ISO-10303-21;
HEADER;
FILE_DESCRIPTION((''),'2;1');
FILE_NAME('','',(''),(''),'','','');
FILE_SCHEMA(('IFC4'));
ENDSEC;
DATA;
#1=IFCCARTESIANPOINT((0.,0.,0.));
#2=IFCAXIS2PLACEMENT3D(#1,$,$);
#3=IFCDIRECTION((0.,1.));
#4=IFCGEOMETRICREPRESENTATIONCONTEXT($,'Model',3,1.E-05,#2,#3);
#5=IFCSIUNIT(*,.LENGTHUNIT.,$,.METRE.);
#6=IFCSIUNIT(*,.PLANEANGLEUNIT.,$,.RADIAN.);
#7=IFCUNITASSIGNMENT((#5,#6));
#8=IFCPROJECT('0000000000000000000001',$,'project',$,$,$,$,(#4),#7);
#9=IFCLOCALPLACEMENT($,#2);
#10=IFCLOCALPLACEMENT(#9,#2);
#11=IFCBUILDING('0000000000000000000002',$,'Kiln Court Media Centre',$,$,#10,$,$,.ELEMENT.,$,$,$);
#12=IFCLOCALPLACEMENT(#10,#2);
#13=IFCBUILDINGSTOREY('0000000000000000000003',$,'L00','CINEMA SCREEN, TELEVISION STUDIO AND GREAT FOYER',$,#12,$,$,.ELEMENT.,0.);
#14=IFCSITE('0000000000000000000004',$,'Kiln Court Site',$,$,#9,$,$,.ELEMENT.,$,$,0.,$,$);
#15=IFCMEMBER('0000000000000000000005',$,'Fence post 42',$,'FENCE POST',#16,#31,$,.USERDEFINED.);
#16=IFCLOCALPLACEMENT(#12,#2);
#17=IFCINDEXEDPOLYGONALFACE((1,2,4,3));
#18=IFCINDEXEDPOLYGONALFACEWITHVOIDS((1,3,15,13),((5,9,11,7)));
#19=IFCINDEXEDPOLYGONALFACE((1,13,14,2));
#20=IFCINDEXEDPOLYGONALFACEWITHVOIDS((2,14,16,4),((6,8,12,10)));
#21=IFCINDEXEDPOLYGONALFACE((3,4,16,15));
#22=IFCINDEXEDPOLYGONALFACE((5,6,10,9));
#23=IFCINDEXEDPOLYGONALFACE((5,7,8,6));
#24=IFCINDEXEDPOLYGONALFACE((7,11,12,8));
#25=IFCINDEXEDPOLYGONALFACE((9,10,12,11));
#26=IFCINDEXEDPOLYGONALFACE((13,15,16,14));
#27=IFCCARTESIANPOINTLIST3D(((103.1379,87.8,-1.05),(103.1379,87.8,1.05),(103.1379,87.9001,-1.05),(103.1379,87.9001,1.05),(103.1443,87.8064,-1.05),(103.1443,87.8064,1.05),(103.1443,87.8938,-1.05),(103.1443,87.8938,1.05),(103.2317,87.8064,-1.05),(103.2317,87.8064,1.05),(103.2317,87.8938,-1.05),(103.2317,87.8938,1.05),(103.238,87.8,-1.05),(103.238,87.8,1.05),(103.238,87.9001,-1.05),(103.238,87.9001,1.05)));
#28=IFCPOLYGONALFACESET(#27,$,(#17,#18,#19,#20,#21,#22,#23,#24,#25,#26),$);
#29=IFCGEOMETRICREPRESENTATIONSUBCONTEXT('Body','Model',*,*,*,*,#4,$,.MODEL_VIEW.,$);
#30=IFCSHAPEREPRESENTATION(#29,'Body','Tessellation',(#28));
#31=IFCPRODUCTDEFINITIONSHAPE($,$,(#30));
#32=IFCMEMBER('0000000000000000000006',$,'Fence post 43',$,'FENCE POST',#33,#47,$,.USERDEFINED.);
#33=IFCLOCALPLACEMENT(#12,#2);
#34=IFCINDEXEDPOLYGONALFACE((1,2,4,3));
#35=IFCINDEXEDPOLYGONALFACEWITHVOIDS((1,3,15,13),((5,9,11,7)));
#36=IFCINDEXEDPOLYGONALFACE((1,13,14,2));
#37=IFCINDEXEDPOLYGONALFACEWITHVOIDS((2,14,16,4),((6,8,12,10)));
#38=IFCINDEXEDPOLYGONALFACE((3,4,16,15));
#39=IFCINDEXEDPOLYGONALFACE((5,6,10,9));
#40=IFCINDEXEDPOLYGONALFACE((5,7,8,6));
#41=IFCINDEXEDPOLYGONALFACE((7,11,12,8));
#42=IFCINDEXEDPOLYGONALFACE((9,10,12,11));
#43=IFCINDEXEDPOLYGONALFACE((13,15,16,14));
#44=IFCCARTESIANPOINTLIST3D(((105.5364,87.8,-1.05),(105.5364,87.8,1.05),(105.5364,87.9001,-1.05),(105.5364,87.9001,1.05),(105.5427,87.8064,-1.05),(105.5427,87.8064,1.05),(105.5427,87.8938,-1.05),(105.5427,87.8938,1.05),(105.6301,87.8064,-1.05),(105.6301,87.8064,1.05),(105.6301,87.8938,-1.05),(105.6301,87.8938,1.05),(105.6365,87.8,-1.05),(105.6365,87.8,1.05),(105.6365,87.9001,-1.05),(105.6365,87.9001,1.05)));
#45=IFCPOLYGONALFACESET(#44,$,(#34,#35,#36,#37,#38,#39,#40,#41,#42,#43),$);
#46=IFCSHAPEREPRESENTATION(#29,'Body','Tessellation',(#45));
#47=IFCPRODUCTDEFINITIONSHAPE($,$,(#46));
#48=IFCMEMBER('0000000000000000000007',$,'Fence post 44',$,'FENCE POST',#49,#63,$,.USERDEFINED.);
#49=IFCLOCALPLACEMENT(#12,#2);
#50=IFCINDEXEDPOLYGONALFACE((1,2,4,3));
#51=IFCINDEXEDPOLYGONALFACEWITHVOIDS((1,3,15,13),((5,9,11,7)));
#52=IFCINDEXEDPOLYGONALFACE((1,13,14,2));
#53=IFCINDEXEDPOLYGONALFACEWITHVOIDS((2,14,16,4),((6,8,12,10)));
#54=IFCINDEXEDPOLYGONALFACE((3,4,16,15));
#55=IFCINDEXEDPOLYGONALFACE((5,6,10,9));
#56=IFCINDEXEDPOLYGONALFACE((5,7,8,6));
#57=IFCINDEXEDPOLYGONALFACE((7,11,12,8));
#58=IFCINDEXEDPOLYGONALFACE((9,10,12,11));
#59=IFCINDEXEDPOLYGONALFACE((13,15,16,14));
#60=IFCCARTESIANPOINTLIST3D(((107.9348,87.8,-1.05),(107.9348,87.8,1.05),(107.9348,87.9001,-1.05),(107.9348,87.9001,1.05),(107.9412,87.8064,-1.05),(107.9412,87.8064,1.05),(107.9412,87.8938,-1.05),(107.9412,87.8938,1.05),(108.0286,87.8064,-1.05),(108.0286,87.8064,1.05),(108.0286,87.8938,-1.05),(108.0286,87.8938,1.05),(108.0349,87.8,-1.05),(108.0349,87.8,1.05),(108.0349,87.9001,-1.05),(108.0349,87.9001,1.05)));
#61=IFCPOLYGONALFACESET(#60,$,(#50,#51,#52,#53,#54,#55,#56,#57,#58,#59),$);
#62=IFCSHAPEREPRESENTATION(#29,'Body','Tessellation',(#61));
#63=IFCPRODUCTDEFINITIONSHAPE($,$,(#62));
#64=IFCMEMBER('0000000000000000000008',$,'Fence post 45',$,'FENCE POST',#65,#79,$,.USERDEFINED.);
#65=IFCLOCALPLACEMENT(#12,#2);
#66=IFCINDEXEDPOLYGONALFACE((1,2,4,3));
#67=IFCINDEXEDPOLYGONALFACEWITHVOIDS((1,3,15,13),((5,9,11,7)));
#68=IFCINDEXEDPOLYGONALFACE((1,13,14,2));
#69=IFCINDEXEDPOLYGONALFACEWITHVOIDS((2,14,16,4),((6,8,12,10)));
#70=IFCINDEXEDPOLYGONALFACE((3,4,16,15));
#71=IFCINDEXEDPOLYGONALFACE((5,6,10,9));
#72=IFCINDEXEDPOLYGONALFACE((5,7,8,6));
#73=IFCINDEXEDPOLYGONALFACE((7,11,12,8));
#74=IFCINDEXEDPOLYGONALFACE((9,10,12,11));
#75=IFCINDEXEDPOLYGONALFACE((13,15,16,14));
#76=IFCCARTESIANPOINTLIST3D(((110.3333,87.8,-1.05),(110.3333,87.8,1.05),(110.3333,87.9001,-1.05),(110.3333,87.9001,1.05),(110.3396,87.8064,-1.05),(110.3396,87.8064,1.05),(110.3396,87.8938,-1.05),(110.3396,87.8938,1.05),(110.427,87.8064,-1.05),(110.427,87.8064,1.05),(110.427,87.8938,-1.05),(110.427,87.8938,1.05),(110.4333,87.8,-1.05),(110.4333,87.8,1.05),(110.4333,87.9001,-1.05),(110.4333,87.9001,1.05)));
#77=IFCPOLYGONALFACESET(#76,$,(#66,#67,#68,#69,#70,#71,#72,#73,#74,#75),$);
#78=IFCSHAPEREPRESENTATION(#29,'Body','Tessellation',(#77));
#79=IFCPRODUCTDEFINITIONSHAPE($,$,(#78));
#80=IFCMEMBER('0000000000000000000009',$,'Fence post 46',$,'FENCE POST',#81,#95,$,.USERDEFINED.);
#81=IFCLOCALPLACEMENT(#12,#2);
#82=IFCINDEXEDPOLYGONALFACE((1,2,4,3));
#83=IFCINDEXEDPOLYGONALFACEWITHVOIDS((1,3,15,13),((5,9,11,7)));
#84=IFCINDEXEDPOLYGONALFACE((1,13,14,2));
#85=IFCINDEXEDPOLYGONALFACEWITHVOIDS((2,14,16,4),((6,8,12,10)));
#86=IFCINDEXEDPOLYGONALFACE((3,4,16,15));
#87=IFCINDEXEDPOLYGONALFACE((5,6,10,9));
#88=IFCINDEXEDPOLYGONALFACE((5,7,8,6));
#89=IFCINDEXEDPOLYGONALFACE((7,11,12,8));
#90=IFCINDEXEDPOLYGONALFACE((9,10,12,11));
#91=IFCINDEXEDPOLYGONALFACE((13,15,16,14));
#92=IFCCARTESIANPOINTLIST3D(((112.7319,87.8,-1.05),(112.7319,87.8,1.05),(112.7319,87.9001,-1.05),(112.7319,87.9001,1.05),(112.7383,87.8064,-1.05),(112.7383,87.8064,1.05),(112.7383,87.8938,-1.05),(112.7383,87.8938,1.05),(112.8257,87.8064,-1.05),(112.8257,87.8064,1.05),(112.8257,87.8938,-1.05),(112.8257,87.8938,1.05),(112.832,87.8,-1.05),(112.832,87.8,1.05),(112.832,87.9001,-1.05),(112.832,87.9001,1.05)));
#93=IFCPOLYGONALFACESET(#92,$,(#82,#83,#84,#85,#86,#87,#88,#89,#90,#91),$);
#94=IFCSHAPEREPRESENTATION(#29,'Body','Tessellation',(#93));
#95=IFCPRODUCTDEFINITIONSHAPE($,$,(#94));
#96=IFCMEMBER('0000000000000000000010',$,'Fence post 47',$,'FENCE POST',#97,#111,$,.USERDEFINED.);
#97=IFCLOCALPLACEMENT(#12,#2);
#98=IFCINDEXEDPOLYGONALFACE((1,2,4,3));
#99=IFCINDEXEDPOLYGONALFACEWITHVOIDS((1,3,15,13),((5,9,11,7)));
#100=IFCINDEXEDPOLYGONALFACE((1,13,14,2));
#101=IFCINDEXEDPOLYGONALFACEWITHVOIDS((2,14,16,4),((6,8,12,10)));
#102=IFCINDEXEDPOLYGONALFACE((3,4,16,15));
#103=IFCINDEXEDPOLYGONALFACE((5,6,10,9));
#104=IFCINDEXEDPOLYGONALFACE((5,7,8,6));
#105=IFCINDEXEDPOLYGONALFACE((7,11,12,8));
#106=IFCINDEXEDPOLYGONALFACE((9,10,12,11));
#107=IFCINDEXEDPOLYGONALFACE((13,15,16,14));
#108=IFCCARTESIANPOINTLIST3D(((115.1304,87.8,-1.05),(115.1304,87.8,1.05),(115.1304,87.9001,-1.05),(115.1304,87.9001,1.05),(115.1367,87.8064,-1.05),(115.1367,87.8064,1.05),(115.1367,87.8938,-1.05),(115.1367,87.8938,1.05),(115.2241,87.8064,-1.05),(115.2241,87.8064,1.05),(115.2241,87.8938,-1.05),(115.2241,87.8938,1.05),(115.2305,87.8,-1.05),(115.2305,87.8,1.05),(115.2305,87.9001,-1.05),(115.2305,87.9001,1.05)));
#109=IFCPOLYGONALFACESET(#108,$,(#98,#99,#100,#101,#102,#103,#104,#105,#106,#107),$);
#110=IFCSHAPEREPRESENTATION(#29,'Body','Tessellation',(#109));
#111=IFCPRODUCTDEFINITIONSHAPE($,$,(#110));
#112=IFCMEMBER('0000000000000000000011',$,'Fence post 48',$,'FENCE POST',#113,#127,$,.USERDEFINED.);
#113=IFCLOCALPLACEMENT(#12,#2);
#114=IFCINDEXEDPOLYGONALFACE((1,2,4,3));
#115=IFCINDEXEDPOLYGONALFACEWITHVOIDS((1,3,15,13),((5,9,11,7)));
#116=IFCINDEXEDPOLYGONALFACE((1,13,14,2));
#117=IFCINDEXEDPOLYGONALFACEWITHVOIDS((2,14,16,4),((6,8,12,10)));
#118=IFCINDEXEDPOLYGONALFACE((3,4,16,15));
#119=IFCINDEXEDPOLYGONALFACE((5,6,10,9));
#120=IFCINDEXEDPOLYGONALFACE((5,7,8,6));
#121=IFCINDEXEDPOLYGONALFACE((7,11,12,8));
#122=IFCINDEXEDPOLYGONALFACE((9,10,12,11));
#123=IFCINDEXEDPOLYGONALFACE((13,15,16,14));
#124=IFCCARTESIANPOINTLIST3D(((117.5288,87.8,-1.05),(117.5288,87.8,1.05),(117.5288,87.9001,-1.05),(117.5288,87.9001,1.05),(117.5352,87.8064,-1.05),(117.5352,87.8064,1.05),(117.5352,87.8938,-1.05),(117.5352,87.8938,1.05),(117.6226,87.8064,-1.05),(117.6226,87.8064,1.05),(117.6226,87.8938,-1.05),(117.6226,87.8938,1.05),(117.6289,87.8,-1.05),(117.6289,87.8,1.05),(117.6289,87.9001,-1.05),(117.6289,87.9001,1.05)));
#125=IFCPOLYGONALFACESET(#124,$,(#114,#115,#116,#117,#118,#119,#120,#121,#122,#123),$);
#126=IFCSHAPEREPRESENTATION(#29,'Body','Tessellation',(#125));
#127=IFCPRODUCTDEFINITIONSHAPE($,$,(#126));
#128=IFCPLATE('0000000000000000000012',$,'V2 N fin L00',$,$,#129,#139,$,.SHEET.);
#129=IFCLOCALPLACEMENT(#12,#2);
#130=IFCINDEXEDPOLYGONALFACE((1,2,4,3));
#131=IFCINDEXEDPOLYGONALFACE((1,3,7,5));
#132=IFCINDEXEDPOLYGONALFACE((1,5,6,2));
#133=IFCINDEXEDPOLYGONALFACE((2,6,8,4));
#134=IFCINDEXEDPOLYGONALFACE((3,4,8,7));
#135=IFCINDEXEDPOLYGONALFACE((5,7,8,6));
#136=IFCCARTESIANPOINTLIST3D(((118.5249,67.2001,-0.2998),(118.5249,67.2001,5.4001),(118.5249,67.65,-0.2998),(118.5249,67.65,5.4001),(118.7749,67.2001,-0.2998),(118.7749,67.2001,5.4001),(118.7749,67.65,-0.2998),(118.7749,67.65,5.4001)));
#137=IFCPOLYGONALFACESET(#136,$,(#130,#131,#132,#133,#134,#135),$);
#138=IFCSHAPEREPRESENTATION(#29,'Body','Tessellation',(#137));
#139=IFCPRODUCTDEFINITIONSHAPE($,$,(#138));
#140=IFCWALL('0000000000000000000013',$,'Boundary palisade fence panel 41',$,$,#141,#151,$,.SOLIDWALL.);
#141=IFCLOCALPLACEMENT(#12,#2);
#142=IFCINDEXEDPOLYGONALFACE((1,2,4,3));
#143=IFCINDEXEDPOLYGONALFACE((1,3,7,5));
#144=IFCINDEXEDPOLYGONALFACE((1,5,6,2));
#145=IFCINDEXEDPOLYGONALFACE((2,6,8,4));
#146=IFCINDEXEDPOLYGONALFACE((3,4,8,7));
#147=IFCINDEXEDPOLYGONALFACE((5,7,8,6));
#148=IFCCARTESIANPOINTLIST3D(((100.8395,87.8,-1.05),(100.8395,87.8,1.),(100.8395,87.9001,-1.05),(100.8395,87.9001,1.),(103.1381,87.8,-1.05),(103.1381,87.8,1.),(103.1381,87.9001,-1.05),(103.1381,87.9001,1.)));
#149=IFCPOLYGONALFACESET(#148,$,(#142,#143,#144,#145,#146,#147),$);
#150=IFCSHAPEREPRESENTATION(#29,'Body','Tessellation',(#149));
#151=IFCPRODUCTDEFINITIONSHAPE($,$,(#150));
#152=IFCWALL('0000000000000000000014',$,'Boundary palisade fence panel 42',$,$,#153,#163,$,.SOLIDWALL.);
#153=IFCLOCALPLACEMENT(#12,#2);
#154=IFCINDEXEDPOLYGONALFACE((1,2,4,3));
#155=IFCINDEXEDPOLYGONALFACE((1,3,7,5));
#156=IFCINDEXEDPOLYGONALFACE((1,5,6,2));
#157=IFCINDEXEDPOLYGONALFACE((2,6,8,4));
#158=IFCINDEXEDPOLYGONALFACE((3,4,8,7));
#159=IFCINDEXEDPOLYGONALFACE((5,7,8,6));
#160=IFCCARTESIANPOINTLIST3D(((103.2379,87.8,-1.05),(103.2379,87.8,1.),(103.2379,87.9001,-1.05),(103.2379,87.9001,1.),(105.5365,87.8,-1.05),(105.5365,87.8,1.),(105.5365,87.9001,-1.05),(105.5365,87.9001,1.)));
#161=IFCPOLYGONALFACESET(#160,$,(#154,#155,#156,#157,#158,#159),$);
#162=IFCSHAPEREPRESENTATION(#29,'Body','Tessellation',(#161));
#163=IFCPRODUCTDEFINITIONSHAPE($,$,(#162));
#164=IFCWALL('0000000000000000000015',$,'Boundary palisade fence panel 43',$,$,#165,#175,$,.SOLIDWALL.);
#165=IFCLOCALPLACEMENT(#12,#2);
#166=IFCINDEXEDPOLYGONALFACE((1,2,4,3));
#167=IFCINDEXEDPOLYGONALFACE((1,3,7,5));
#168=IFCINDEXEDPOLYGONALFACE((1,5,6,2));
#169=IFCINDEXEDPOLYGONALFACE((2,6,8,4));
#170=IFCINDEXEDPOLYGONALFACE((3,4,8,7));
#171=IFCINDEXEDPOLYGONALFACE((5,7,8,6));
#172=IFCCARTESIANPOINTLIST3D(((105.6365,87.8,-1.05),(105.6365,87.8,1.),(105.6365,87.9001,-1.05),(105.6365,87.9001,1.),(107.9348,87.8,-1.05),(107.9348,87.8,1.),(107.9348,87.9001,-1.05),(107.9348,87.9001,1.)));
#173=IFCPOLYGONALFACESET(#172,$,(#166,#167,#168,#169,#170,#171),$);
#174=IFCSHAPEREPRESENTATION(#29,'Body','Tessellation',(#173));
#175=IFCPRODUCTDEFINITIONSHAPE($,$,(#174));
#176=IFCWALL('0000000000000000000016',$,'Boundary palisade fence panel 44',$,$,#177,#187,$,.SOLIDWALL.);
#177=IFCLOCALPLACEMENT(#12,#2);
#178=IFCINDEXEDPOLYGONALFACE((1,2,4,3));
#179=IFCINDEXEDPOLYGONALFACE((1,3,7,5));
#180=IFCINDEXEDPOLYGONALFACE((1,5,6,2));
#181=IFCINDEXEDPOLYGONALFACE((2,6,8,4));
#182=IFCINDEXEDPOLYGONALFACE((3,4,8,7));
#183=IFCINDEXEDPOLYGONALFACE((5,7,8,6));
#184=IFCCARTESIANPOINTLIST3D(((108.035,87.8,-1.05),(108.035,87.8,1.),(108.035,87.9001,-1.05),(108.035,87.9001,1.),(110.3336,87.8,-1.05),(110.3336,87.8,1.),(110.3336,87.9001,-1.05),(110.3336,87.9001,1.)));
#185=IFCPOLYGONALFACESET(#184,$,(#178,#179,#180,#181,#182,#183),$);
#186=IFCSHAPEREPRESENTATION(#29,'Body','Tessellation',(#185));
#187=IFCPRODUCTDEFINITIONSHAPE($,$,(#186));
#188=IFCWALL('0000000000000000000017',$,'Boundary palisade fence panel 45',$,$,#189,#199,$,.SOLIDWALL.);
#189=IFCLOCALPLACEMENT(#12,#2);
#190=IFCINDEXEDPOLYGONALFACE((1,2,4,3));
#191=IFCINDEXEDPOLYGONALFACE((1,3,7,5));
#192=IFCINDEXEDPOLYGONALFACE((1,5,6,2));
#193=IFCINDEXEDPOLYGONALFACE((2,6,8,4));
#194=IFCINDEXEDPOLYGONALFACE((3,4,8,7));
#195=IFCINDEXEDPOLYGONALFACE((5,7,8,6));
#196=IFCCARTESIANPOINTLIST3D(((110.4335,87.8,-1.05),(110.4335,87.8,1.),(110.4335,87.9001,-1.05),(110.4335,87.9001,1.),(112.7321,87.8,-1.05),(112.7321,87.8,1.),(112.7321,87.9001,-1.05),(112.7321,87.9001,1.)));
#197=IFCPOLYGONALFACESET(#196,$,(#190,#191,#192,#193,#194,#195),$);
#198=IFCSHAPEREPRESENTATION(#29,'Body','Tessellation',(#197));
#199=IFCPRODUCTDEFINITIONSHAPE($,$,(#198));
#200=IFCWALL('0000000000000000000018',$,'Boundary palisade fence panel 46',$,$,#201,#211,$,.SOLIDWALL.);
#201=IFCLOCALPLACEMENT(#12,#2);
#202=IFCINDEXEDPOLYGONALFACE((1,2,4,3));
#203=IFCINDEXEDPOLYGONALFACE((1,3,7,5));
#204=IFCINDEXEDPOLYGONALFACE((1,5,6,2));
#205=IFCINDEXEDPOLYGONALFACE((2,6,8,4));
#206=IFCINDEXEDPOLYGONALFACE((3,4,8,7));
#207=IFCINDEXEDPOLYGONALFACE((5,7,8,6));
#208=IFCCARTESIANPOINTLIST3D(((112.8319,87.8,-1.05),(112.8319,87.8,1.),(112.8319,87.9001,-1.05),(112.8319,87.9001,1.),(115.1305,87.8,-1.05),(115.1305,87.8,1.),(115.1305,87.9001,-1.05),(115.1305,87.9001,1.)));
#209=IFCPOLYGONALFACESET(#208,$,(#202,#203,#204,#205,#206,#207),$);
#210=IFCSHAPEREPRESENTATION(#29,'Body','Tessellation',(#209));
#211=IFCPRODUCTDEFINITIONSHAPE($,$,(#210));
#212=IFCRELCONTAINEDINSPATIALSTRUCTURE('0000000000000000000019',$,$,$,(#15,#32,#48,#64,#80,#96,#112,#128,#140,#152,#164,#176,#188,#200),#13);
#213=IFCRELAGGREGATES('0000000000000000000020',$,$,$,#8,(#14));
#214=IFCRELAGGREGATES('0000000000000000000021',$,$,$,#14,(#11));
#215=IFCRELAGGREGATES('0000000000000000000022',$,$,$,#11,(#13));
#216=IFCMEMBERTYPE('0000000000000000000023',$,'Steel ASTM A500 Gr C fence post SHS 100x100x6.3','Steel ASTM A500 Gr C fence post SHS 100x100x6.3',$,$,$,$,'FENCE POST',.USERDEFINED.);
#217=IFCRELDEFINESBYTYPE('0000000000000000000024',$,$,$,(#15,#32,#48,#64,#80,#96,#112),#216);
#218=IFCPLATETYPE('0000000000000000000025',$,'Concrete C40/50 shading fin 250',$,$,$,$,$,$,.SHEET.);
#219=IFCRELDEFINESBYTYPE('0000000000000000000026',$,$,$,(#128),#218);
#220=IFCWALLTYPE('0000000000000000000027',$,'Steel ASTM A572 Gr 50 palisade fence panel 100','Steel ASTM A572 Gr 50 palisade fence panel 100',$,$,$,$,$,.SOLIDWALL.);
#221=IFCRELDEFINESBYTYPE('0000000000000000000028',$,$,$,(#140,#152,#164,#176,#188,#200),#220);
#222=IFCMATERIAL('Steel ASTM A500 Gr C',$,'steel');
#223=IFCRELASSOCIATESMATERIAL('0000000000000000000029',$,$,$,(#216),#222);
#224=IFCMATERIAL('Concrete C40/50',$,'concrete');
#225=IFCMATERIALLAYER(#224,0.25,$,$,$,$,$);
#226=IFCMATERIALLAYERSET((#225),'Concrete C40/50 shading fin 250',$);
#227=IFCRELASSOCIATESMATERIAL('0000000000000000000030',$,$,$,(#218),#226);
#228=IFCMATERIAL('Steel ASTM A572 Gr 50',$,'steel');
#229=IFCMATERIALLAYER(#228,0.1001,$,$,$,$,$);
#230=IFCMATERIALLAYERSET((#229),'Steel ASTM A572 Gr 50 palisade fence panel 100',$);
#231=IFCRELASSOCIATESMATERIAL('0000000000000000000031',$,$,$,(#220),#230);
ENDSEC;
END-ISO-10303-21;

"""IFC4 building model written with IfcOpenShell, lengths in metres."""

from ifc_helpers import new_model, si_unit, direction, frame, frame_2d, origin, origin_2d, place, context, subcontext, project, spatial, rectangle, hollow_rectangle, extrude, material, layer, layer_set, material_profile, profile_set, type_object, element, save


model = new_model("IFC4")

# Units and contexts
model_context = context("Model", 3, precision=1e-05, world=origin(), true_north=direction((0.0, 1.0)))
body_context = subcontext(model_context, "Body", "Model", "MODEL_VIEW")
ifc_project = project(units=[si_unit("LENGTHUNIT", "METRE"), si_unit("PLANEANGLEUNIT", "RADIAN")], contexts=[model_context])

# Site, building, storey
site_placement = place(None, origin())
site = spatial("IfcSite", under=ifc_project, at=site_placement, Name="Kiln Court Site", CompositionType="ELEMENT", RefElevation=0.0)
building_placement = place(site_placement, origin())
building = spatial("IfcBuilding", under=site, at=building_placement, Name="Kiln Court Media Centre", CompositionType="ELEMENT")
storey_placement = place(building_placement, origin())
storey = spatial("IfcBuildingStorey", under=building, at=storey_placement, Name="L00", Description="CINEMA SCREEN, TELEVISION STUDIO AND GREAT FOYER", CompositionType="ELEMENT", Elevation=0.0)

# Members
ifc_material_1 = material(Name="Steel ASTM A500 Gr C", Category="steel")
ifc_material_profile_1 = material_profile(ifc_material_1, hollow_rectangle(XDim=0.1001, YDim=0.1001, WallThickness=0.0063, at=origin_2d()), Name="SHS 100x100x6.3")
ifc_profile_set_1 = profile_set([ifc_material_profile_1], Name="Steel ASTM A500 Gr C")
member_type = type_object("IfcMemberType", Name="Steel ASTM A500 Gr C fence post SHS 100x100x6.3", Description="Steel ASTM A500 Gr C fence post SHS 100x100x6.3", ElementType="FENCE POST", PredefinedType="USERDEFINED", material=ifc_profile_set_1)
for number, where, z_axis, x_axis, name in (
    (1, (103.188, 87.8501, -1.05), (0.0, 0.0, 1.0), (1.0, 0.0, 0.0), "Fence post 42"),
    (2, (105.5864, 87.8501, -1.05), (0.0, 0.0, 1.0), (1.0, 0.0, 0.0), "Fence post 43"),
    (3, (107.9849, 87.8501, -1.05), (0.0, 0.0, 1.0), (1.0, 0.0, 0.0), "Fence post 44"),
    (4, (110.3833, 87.8501, -1.05), (0.0, 0.0, 1.0), (1.0, 0.0, 0.0), "Fence post 45"),
    (5, (112.782, 87.8501, -1.05), (0.0, 0.0, 1.0), (1.0, 0.0, 0.0), "Fence post 46"),
    (6, (115.1804, 87.8501, -1.05), (0.0, 0.0, 1.0), (1.0, 0.0, 0.0), "Fence post 47"),
    (7, (117.5789, 87.8501, -1.05), (0.0, 0.0, 1.0), (1.0, 0.0, 0.0), "Fence post 48"),
):
    element("IfcMember", number, at=place(storey_placement, frame(where, z_axis=z_axis, x_axis=x_axis)), inside=storey, type_object=member_type, Name=name, ObjectType="FENCE POST", PredefinedType="USERDEFINED", context=body_context, shape_type="SweptSolid", body=[
        extrude(hollow_rectangle(XDim=0.1001, YDim=0.1001, WallThickness=0.0063, at=origin_2d()), origin(), (0.0, 0.0, 1.0), 2.1001),
    ])

# Plate
ifc_material_2 = material(Name="Concrete C40/50", Category="concrete")
ifc_layer_1 = layer(ifc_material_2, 0.25)
ifc_layer_set_1 = layer_set([ifc_layer_1], Name="Concrete C40/50 shading fin 250")
plate_type = type_object("IfcPlateType", Name="Concrete C40/50 shading fin 250", PredefinedType="SHEET", material=ifc_layer_set_1)
plate_placement = place(storey_placement, frame((118.6499, 67.425, -0.2998), z_axis=(0.0, 0.0, 1.0), x_axis=(1.0, 0.0, 0.0)))
element("IfcPlate", 8, at=plate_placement, inside=storey, type_object=plate_type, Name="V2 N fin L00", PredefinedType="SHEET", context=body_context, shape_type="SweptSolid", body=[
    extrude(rectangle(XDim=0.25, YDim=0.45, at=origin_2d()), origin(), (0.0, 0.0, 1.0), 5.7),
])

# Walls
ifc_material_3 = material(Name="Steel ASTM A572 Gr 50", Category="steel")
ifc_layer_2 = layer(ifc_material_3, 0.1001)
ifc_layer_set_2 = layer_set([ifc_layer_2], Name="Steel ASTM A572 Gr 50 palisade fence panel 100")
wall_type = type_object("IfcWallType", Name="Steel ASTM A572 Gr 50 palisade fence panel 100", Description="Steel ASTM A572 Gr 50 palisade fence panel 100", PredefinedType="SOLIDWALL", material=ifc_layer_set_2)
for number, where, z_axis, x_axis, name in (
    (9, (100.8394, 87.8501, -1.05), (0.0, 0.0, 1.0), (1.0, 0.0, 0.0), "Boundary palisade fence panel 41"),
    (10, (103.2378, 87.8501, -1.05), (0.0, 0.0, 1.0), (1.0, 0.0, 0.0), "Boundary palisade fence panel 42"),
):
    element("IfcWall", number, at=place(storey_placement, frame(where, z_axis=z_axis, x_axis=x_axis)), inside=storey, type_object=wall_type, Name=name, PredefinedType="SOLIDWALL", context=body_context, shape_type="SweptSolid", body=[
        extrude(rectangle(XDim=2.2986, YDim=0.1001, at=frame_2d((1.1494, 0.0))), origin(), (0.0, 0.0, 1.0), 2.05),
    ])
wall_1_placement = place(storey_placement, frame((105.6365, 87.8501, -1.05), z_axis=(0.0, 0.0, 1.0), x_axis=(1.0, 0.0, 0.0)))
element("IfcWall", 11, at=wall_1_placement, inside=storey, type_object=wall_type, Name="Boundary palisade fence panel 43", PredefinedType="SOLIDWALL", context=body_context, shape_type="SweptSolid", body=[
    extrude(rectangle(XDim=2.2983, YDim=0.1001, at=frame_2d((1.1492, 0.0))), origin(), (0.0, 0.0, 1.0), 2.05),
])
for number, where, z_axis, x_axis, name in (
    (12, (108.0349, 87.8501, -1.05), (0.0, 0.0, 1.0), (1.0, 0.0, 0.0), "Boundary palisade fence panel 44"),
    (13, (110.4333, 87.8501, -1.05), (0.0, 0.0, 1.0), (1.0, 0.0, 0.0), "Boundary palisade fence panel 45"),
    (14, (112.8318, 87.8501, -1.05), (0.0, 0.0, 1.0), (1.0, 0.0, 0.0), "Boundary palisade fence panel 46"),
):
    element("IfcWall", number, at=place(storey_placement, frame(where, z_axis=z_axis, x_axis=x_axis)), inside=storey, type_object=wall_type, Name=name, PredefinedType="SOLIDWALL", context=body_context, shape_type="SweptSolid", body=[
        extrude(rectangle(XDim=2.2986, YDim=0.1001, at=frame_2d((1.1494, 0.0))), origin(), (0.0, 0.0, 1.0), 2.05),
    ])

save(model, "model.ifc")
